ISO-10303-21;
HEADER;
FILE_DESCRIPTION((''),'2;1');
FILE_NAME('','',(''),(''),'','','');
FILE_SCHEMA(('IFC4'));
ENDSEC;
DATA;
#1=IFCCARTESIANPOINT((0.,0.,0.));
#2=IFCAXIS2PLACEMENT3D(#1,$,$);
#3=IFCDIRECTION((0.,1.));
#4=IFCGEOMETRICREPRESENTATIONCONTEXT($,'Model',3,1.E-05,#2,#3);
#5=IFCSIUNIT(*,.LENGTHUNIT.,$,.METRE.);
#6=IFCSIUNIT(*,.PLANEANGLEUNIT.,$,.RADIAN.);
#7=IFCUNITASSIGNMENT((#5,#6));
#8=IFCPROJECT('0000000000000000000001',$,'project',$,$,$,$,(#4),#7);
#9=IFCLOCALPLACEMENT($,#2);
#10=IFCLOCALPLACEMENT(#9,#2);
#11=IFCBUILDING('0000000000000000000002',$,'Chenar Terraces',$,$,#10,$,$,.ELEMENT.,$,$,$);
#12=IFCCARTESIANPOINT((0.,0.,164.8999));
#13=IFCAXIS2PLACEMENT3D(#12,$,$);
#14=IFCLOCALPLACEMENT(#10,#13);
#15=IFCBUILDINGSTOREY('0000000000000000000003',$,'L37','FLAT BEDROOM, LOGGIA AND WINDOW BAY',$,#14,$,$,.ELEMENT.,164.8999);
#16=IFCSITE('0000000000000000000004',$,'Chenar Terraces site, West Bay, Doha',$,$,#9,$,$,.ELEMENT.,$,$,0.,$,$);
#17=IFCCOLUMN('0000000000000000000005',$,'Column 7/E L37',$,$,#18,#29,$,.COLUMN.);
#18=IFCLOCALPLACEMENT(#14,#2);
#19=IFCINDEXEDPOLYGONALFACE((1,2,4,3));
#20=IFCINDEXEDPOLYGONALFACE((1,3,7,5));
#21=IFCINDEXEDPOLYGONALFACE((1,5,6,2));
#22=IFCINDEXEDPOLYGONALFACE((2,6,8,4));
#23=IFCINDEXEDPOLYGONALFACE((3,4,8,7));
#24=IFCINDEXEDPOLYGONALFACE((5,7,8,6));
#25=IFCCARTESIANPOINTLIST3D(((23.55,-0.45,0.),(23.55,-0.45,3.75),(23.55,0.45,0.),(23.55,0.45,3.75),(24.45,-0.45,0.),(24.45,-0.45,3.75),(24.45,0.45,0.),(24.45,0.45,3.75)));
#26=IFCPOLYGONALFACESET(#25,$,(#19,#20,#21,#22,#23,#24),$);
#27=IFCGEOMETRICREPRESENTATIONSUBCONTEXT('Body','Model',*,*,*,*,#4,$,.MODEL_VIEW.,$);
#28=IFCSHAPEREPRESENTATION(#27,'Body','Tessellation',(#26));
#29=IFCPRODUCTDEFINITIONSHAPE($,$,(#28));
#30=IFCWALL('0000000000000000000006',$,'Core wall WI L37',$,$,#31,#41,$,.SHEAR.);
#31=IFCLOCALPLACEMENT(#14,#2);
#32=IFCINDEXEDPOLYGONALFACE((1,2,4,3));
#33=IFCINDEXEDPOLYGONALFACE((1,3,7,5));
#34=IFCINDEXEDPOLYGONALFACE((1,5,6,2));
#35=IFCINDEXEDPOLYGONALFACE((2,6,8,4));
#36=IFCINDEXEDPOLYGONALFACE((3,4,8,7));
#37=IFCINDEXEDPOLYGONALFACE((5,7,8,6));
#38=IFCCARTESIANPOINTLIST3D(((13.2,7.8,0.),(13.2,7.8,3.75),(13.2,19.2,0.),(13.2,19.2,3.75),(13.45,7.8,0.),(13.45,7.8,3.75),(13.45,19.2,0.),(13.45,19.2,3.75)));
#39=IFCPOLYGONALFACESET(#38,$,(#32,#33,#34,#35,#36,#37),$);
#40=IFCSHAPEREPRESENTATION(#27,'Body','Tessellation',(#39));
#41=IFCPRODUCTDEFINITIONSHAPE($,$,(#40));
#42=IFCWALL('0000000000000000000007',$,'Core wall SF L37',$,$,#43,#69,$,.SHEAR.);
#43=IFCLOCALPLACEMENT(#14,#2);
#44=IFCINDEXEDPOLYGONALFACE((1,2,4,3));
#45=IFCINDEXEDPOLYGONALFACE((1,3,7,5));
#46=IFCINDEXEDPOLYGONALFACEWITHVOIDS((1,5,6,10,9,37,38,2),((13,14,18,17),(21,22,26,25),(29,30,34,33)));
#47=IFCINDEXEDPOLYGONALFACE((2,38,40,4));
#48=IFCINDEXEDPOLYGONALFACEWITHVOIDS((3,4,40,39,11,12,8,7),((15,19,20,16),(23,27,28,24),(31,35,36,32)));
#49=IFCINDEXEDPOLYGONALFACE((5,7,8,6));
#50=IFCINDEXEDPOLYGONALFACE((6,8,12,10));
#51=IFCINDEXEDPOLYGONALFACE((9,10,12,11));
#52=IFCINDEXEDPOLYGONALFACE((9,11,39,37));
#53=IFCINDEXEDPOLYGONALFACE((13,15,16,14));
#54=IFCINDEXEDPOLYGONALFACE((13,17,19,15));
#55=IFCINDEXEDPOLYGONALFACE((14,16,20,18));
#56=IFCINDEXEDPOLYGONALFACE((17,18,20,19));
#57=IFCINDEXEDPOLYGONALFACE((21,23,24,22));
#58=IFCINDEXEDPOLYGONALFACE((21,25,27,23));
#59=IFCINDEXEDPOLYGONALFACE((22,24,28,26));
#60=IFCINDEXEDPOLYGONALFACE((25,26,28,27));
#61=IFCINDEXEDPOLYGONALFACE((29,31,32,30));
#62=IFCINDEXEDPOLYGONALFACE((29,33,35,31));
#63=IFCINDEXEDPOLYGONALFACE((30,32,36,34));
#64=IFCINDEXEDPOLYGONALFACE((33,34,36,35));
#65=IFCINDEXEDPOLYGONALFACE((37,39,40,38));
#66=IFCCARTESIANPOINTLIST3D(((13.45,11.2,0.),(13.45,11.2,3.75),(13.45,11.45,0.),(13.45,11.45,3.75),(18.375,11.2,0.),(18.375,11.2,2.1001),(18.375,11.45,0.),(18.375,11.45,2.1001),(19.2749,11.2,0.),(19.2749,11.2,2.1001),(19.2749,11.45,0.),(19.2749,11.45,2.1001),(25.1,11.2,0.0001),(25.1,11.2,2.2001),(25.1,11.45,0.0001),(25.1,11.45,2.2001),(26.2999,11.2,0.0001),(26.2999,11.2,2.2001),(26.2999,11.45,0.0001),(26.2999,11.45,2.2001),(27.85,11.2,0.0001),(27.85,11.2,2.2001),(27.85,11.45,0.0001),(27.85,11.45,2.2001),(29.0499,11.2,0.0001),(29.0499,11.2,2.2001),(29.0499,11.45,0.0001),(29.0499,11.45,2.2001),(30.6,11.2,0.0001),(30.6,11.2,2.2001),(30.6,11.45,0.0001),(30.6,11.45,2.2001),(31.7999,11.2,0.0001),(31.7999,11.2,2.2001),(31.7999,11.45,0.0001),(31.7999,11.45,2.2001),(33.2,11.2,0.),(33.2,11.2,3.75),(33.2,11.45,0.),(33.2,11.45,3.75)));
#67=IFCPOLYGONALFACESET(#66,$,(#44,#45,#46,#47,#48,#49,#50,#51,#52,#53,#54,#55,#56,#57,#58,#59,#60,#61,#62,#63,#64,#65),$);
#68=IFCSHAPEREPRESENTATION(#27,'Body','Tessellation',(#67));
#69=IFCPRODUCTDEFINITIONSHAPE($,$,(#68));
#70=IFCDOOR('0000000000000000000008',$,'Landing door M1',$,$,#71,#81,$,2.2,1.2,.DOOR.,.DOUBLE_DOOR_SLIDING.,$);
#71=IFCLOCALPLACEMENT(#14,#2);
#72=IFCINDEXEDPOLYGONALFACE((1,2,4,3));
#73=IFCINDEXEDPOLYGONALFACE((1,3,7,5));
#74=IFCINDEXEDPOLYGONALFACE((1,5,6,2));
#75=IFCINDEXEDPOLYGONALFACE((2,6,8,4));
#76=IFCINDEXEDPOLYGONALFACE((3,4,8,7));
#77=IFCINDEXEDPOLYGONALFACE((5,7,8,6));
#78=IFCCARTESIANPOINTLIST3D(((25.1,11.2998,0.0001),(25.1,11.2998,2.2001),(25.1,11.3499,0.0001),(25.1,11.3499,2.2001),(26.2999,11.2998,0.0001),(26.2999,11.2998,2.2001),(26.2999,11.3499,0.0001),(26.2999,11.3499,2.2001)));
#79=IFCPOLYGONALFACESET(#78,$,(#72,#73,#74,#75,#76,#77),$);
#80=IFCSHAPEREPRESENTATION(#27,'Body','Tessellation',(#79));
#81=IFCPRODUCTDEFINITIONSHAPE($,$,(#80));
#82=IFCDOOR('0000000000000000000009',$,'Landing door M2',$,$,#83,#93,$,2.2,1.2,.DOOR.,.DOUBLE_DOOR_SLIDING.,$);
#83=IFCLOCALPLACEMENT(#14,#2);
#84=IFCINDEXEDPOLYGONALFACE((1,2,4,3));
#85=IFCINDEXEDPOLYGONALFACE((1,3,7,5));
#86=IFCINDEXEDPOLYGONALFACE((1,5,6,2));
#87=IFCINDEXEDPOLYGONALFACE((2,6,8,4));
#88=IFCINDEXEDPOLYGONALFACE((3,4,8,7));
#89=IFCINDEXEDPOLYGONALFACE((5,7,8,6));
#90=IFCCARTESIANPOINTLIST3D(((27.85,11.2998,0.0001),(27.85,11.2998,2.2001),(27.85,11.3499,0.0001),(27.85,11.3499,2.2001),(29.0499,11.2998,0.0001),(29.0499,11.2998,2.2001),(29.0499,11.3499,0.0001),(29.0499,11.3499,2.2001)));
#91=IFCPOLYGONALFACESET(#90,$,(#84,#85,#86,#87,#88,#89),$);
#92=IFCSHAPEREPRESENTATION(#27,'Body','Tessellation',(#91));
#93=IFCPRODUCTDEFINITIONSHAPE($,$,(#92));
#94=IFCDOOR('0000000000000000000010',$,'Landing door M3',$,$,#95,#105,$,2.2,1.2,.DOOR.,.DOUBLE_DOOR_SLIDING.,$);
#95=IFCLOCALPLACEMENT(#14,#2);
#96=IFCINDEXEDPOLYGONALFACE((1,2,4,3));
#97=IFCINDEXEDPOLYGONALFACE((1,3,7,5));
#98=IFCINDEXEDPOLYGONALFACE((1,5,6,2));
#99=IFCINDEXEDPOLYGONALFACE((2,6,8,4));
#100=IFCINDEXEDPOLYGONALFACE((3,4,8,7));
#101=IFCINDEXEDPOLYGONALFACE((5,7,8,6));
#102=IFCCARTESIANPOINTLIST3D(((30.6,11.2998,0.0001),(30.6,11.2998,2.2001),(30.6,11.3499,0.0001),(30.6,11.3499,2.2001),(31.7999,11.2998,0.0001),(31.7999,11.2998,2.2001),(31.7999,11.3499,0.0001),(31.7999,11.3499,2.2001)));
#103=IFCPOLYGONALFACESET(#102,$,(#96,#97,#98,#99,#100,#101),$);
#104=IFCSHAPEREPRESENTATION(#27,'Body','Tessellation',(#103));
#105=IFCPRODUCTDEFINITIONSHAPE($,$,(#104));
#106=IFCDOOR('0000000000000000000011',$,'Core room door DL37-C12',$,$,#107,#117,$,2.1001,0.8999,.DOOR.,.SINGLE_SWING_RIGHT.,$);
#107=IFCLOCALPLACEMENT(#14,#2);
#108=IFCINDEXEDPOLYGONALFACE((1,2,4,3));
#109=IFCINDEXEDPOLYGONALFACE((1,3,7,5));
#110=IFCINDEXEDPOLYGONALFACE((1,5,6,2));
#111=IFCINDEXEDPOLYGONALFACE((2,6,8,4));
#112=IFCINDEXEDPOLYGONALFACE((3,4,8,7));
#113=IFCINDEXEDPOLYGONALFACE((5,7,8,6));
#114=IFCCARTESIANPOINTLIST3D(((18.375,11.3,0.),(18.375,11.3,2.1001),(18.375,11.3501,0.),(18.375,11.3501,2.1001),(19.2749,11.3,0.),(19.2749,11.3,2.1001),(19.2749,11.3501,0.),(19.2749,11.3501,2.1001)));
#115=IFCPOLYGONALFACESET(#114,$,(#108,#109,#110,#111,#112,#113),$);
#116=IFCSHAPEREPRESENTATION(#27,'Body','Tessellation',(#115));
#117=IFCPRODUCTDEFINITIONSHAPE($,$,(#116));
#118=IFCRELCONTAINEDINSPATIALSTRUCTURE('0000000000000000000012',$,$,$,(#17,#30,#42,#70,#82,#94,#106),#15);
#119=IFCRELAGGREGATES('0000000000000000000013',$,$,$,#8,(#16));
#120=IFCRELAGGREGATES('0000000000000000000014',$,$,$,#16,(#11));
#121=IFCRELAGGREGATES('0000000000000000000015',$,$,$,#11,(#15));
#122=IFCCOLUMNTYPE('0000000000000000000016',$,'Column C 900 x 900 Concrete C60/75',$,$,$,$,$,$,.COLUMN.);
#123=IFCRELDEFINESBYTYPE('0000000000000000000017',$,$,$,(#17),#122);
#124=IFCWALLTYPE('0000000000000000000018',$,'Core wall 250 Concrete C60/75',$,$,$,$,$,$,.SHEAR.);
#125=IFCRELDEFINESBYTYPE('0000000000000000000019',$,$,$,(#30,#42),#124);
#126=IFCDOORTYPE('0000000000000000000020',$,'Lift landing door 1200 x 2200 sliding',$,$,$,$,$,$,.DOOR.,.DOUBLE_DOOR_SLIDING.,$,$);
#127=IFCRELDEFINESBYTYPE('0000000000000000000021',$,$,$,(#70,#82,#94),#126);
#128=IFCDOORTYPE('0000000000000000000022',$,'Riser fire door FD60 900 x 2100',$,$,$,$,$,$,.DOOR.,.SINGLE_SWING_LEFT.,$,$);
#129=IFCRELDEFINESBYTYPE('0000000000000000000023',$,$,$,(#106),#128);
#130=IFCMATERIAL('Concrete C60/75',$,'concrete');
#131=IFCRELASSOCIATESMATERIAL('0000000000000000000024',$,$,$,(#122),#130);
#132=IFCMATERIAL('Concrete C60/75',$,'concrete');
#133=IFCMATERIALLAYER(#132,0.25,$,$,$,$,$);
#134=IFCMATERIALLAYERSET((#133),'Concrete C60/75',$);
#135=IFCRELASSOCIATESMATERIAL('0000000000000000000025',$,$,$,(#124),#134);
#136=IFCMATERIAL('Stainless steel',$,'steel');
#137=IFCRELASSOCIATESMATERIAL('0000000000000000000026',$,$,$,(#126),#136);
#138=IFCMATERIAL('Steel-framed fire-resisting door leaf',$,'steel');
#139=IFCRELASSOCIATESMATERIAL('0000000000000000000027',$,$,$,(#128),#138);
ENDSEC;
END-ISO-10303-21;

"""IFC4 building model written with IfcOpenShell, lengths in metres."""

from ifc_helpers import new_model, si_unit, direction, frame, frame_2d, origin, origin_2d, place, context, subcontext, project, spatial, rectangle, extrude, material, layer, layer_set, material_profile, profile_set, type_object, element, fill, save


model = new_model("IFC4")

# Units and contexts
model_context = context("Model", 3, precision=1e-05, world=origin(), true_north=direction((0.0, 1.0)))
body_context = subcontext(model_context, "Body", "Model", "MODEL_VIEW")
ifc_project = project(units=[si_unit("LENGTHUNIT", "METRE"), si_unit("PLANEANGLEUNIT", "RADIAN")], contexts=[model_context])

# Site, building, storey
site_placement = place(None, origin())
site = spatial("IfcSite", under=ifc_project, at=site_placement, Name="Chenar Terraces site, West Bay, Doha", CompositionType="ELEMENT", RefElevation=0.0)
building_placement = place(site_placement, origin())
building = spatial("IfcBuilding", under=site, at=building_placement, Name="Chenar Terraces", CompositionType="ELEMENT")
storey_placement = place(building_placement, frame((0.0, 0.0, 164.8999)))
storey = spatial("IfcBuildingStorey", under=building, at=storey_placement, Name="L37", Description="FLAT BEDROOM, LOGGIA AND WINDOW BAY", CompositionType="ELEMENT", Elevation=164.8999)

# Column
ifc_material_1 = material(Name="Concrete C60/75", Category="concrete")
ifc_material_profile_1 = material_profile(ifc_material_1, rectangle(XDim=0.8999, YDim=0.8999, at=origin_2d()), Name="C 900 x 900")
ifc_profile_set_1 = profile_set([ifc_material_profile_1], Name="Concrete C60/75")
column_type = type_object("IfcColumnType", Name="Column C 900 x 900 Concrete C60/75", PredefinedType="COLUMN", material=ifc_profile_set_1)
column_placement = place(storey_placement, frame((24.0, 0.0, 0.0), z_axis=(0.0, 0.0, 1.0), x_axis=(1.0, 0.0, 0.0)))
element("IfcColumn", 1, at=column_placement, inside=storey, type_object=column_type, Name="Column 7/E L37", PredefinedType="COLUMN", context=body_context, shape_type="SweptSolid", body=[
    extrude(rectangle(XDim=0.8999, YDim=0.8999, at=origin_2d()), origin(), (0.0, 0.0, 1.0), 3.75),
])

# Wall
ifc_material_2 = material(Name="Concrete C60/75", Category="concrete")
ifc_layer_1 = layer(ifc_material_2, 0.25)
ifc_layer_set_1 = layer_set([ifc_layer_1], Name="Concrete C60/75")
wall_type_1 = type_object("IfcWallType", Name="Core wall 250 Concrete C60/75", PredefinedType="SHEAR", material=ifc_layer_set_1)
wall_1_placement = place(storey_placement, frame((13.325, 7.8, 0.0), z_axis=(0.0, 0.0, 1.0), x_axis=(0.0, 1.0, 0.0)))
element("IfcWall", 2, at=wall_1_placement, inside=storey, type_object=wall_type_1, Name="Core wall WI L37", PredefinedType="SHEAR", context=body_context, shape_type="SweptSolid", body=[
    extrude(rectangle(XDim=11.3999, YDim=0.25, at=frame_2d((5.7, 0.0))), origin(), (0.0, 0.0, 1.0), 3.75),
])

# Wall, openings, doors
wall_2_placement = place(storey_placement, frame((13.45, 11.325, 0.0), z_axis=(0.0, 0.0, 1.0), x_axis=(1.0, 0.0, 0.0)))
wall_2 = element("IfcWall", 3, at=wall_2_placement, inside=storey, type_object=wall_type_1, Name="Core wall SF L37", PredefinedType="SHEAR", context=body_context, shape_type="SweptSolid", body=[
    extrude(rectangle(XDim=19.75, YDim=0.25, at=frame_2d((9.875, 0.0))), origin(), (0.0, 0.0, 1.0), 3.75),
])
opening_1_placement = place(wall_2_placement, frame((11.6499, 0.0, 0.0)))
opening_1 = element("IfcOpeningElement", 4, at=opening_1_placement, cuts=wall_2, PredefinedType="OPENING", context=body_context, shape_type="SweptSolid", body=[
    extrude(rectangle(XDim=1.2, YDim=2.2, at=frame_2d((0.6001, 1.1001))), frame((0.0, 0.135, 0.0), z_axis=(0.0, -1.0, 0.0), x_axis=(1.0, 0.0, 0.0)), (0.0, 0.0, 1.0), 0.27),
])
opening_2_placement = place(wall_2_placement, frame((14.3999, 0.0, 0.0)))
opening_2 = element("IfcOpeningElement", 5, at=opening_2_placement, cuts=wall_2, PredefinedType="OPENING", context=body_context, shape_type="SweptSolid", body=[
    extrude(rectangle(XDim=1.2, YDim=2.2, at=frame_2d((0.6001, 1.1001))), frame((0.0, 0.135, 0.0), z_axis=(0.0, -1.0, 0.0), x_axis=(1.0, 0.0, 0.0)), (0.0, 0.0, 1.0), 0.27),
])
opening_3_placement = place(wall_2_placement, frame((17.1499, 0.0, 0.0)))
opening_3 = element("IfcOpeningElement", 6, at=opening_3_placement, cuts=wall_2, PredefinedType="OPENING", context=body_context, shape_type="SweptSolid", body=[
    extrude(rectangle(XDim=1.2, YDim=2.2, at=frame_2d((0.6001, 1.1001))), frame((0.0, 0.135, 0.0), z_axis=(0.0, -1.0, 0.0), x_axis=(1.0, 0.0, 0.0)), (0.0, 0.0, 1.0), 0.27),
])
opening_4_placement = place(wall_2_placement, frame((4.925, 0.0, 0.0)))
opening_4 = element("IfcOpeningElement", 7, at=opening_4_placement, cuts=wall_2, PredefinedType="OPENING", context=body_context, shape_type="SweptSolid", body=[
    extrude(rectangle(XDim=0.8999, YDim=2.1001, at=frame_2d((0.45, 1.05))), frame((0.0, 0.135, 0.0), z_axis=(0.0, -1.0, 0.0), x_axis=(1.0, 0.0, 0.0)), (0.0, 0.0, 1.0), 0.27),
])
ifc_material_3 = material(Name="Stainless steel", Category="steel")
door_type_1 = type_object("IfcDoorType", Name="Lift landing door 1200 x 2200 sliding", OperationType="DOUBLE_DOOR_SLIDING", PredefinedType="DOOR", material=ifc_material_3)
door_1_placement = place(opening_1_placement, origin())
door_1 = element("IfcDoor", 8, at=door_1_placement, inside=storey, type_object=door_type_1, Name="Landing door M1", OperationType="DOUBLE_DOOR_SLIDING", OverallHeight=2.2, OverallWidth=1.2, PredefinedType="DOOR", context=body_context, shape_type="SweptSolid", body=[
    extrude(rectangle(XDim=1.2, YDim=2.2, at=frame_2d((0.6001, 1.1001))), frame((0.0, 0.0249, 0.0), z_axis=(0.0, -1.0, 0.0), x_axis=(1.0, 0.0, 0.0)), (0.0, 0.0, 1.0), 0.05),
])
fill(opening_1, door_1)
door_2_placement = place(opening_2_placement, origin())
door_2 = element("IfcDoor", 9, at=door_2_placement, inside=storey, type_object=door_type_1, Name="Landing door M2", OperationType="DOUBLE_DOOR_SLIDING", OverallHeight=2.2, OverallWidth=1.2, PredefinedType="DOOR", context=body_context, shape_type="SweptSolid", body=[
    extrude(rectangle(XDim=1.2, YDim=2.2, at=frame_2d((0.6001, 1.1001))), frame((0.0, 0.0249, 0.0), z_axis=(0.0, -1.0, 0.0), x_axis=(1.0, 0.0, 0.0)), (0.0, 0.0, 1.0), 0.05),
])
fill(opening_2, door_2)
door_3_placement = place(opening_3_placement, origin())
door_3 = element("IfcDoor", 10, at=door_3_placement, inside=storey, type_object=door_type_1, Name="Landing door M3", OperationType="DOUBLE_DOOR_SLIDING", OverallHeight=2.2, OverallWidth=1.2, PredefinedType="DOOR", context=body_context, shape_type="SweptSolid", body=[
    extrude(rectangle(XDim=1.2, YDim=2.2, at=frame_2d((0.6001, 1.1001))), frame((0.0, 0.0249, 0.0), z_axis=(0.0, -1.0, 0.0), x_axis=(1.0, 0.0, 0.0)), (0.0, 0.0, 1.0), 0.05),
])
fill(opening_3, door_3)
ifc_material_4 = material(Name="Steel-framed fire-resisting door leaf", Category="steel")
door_type_2 = type_object("IfcDoorType", Name="Riser fire door FD60 900 x 2100", OperationType="SINGLE_SWING_LEFT", PredefinedType="DOOR", material=ifc_material_4)
door_4_placement = place(opening_4_placement, frame((0.8999, 0.0, 0.0), z_axis=(0.0, 0.0, 1.0), x_axis=(-1.0, 0.0, 0.0)))
door_4 = element("IfcDoor", 11, at=door_4_placement, inside=storey, type_object=door_type_2, Name="Core room door DL37-C12", OperationType="SINGLE_SWING_RIGHT", OverallHeight=2.1001, OverallWidth=0.8999, PredefinedType="DOOR", context=body_context, shape_type="SweptSolid", body=[
    extrude(rectangle(XDim=0.8999, YDim=2.1001, at=frame_2d((0.45, 1.05))), frame((0.0, 0.0249, 0.0), z_axis=(0.0, -1.0, 0.0), x_axis=(1.0, 0.0, 0.0)), (0.0, 0.0, 1.0), 0.05),
])
fill(opening_4, door_4)

save(model, "model.ifc")
